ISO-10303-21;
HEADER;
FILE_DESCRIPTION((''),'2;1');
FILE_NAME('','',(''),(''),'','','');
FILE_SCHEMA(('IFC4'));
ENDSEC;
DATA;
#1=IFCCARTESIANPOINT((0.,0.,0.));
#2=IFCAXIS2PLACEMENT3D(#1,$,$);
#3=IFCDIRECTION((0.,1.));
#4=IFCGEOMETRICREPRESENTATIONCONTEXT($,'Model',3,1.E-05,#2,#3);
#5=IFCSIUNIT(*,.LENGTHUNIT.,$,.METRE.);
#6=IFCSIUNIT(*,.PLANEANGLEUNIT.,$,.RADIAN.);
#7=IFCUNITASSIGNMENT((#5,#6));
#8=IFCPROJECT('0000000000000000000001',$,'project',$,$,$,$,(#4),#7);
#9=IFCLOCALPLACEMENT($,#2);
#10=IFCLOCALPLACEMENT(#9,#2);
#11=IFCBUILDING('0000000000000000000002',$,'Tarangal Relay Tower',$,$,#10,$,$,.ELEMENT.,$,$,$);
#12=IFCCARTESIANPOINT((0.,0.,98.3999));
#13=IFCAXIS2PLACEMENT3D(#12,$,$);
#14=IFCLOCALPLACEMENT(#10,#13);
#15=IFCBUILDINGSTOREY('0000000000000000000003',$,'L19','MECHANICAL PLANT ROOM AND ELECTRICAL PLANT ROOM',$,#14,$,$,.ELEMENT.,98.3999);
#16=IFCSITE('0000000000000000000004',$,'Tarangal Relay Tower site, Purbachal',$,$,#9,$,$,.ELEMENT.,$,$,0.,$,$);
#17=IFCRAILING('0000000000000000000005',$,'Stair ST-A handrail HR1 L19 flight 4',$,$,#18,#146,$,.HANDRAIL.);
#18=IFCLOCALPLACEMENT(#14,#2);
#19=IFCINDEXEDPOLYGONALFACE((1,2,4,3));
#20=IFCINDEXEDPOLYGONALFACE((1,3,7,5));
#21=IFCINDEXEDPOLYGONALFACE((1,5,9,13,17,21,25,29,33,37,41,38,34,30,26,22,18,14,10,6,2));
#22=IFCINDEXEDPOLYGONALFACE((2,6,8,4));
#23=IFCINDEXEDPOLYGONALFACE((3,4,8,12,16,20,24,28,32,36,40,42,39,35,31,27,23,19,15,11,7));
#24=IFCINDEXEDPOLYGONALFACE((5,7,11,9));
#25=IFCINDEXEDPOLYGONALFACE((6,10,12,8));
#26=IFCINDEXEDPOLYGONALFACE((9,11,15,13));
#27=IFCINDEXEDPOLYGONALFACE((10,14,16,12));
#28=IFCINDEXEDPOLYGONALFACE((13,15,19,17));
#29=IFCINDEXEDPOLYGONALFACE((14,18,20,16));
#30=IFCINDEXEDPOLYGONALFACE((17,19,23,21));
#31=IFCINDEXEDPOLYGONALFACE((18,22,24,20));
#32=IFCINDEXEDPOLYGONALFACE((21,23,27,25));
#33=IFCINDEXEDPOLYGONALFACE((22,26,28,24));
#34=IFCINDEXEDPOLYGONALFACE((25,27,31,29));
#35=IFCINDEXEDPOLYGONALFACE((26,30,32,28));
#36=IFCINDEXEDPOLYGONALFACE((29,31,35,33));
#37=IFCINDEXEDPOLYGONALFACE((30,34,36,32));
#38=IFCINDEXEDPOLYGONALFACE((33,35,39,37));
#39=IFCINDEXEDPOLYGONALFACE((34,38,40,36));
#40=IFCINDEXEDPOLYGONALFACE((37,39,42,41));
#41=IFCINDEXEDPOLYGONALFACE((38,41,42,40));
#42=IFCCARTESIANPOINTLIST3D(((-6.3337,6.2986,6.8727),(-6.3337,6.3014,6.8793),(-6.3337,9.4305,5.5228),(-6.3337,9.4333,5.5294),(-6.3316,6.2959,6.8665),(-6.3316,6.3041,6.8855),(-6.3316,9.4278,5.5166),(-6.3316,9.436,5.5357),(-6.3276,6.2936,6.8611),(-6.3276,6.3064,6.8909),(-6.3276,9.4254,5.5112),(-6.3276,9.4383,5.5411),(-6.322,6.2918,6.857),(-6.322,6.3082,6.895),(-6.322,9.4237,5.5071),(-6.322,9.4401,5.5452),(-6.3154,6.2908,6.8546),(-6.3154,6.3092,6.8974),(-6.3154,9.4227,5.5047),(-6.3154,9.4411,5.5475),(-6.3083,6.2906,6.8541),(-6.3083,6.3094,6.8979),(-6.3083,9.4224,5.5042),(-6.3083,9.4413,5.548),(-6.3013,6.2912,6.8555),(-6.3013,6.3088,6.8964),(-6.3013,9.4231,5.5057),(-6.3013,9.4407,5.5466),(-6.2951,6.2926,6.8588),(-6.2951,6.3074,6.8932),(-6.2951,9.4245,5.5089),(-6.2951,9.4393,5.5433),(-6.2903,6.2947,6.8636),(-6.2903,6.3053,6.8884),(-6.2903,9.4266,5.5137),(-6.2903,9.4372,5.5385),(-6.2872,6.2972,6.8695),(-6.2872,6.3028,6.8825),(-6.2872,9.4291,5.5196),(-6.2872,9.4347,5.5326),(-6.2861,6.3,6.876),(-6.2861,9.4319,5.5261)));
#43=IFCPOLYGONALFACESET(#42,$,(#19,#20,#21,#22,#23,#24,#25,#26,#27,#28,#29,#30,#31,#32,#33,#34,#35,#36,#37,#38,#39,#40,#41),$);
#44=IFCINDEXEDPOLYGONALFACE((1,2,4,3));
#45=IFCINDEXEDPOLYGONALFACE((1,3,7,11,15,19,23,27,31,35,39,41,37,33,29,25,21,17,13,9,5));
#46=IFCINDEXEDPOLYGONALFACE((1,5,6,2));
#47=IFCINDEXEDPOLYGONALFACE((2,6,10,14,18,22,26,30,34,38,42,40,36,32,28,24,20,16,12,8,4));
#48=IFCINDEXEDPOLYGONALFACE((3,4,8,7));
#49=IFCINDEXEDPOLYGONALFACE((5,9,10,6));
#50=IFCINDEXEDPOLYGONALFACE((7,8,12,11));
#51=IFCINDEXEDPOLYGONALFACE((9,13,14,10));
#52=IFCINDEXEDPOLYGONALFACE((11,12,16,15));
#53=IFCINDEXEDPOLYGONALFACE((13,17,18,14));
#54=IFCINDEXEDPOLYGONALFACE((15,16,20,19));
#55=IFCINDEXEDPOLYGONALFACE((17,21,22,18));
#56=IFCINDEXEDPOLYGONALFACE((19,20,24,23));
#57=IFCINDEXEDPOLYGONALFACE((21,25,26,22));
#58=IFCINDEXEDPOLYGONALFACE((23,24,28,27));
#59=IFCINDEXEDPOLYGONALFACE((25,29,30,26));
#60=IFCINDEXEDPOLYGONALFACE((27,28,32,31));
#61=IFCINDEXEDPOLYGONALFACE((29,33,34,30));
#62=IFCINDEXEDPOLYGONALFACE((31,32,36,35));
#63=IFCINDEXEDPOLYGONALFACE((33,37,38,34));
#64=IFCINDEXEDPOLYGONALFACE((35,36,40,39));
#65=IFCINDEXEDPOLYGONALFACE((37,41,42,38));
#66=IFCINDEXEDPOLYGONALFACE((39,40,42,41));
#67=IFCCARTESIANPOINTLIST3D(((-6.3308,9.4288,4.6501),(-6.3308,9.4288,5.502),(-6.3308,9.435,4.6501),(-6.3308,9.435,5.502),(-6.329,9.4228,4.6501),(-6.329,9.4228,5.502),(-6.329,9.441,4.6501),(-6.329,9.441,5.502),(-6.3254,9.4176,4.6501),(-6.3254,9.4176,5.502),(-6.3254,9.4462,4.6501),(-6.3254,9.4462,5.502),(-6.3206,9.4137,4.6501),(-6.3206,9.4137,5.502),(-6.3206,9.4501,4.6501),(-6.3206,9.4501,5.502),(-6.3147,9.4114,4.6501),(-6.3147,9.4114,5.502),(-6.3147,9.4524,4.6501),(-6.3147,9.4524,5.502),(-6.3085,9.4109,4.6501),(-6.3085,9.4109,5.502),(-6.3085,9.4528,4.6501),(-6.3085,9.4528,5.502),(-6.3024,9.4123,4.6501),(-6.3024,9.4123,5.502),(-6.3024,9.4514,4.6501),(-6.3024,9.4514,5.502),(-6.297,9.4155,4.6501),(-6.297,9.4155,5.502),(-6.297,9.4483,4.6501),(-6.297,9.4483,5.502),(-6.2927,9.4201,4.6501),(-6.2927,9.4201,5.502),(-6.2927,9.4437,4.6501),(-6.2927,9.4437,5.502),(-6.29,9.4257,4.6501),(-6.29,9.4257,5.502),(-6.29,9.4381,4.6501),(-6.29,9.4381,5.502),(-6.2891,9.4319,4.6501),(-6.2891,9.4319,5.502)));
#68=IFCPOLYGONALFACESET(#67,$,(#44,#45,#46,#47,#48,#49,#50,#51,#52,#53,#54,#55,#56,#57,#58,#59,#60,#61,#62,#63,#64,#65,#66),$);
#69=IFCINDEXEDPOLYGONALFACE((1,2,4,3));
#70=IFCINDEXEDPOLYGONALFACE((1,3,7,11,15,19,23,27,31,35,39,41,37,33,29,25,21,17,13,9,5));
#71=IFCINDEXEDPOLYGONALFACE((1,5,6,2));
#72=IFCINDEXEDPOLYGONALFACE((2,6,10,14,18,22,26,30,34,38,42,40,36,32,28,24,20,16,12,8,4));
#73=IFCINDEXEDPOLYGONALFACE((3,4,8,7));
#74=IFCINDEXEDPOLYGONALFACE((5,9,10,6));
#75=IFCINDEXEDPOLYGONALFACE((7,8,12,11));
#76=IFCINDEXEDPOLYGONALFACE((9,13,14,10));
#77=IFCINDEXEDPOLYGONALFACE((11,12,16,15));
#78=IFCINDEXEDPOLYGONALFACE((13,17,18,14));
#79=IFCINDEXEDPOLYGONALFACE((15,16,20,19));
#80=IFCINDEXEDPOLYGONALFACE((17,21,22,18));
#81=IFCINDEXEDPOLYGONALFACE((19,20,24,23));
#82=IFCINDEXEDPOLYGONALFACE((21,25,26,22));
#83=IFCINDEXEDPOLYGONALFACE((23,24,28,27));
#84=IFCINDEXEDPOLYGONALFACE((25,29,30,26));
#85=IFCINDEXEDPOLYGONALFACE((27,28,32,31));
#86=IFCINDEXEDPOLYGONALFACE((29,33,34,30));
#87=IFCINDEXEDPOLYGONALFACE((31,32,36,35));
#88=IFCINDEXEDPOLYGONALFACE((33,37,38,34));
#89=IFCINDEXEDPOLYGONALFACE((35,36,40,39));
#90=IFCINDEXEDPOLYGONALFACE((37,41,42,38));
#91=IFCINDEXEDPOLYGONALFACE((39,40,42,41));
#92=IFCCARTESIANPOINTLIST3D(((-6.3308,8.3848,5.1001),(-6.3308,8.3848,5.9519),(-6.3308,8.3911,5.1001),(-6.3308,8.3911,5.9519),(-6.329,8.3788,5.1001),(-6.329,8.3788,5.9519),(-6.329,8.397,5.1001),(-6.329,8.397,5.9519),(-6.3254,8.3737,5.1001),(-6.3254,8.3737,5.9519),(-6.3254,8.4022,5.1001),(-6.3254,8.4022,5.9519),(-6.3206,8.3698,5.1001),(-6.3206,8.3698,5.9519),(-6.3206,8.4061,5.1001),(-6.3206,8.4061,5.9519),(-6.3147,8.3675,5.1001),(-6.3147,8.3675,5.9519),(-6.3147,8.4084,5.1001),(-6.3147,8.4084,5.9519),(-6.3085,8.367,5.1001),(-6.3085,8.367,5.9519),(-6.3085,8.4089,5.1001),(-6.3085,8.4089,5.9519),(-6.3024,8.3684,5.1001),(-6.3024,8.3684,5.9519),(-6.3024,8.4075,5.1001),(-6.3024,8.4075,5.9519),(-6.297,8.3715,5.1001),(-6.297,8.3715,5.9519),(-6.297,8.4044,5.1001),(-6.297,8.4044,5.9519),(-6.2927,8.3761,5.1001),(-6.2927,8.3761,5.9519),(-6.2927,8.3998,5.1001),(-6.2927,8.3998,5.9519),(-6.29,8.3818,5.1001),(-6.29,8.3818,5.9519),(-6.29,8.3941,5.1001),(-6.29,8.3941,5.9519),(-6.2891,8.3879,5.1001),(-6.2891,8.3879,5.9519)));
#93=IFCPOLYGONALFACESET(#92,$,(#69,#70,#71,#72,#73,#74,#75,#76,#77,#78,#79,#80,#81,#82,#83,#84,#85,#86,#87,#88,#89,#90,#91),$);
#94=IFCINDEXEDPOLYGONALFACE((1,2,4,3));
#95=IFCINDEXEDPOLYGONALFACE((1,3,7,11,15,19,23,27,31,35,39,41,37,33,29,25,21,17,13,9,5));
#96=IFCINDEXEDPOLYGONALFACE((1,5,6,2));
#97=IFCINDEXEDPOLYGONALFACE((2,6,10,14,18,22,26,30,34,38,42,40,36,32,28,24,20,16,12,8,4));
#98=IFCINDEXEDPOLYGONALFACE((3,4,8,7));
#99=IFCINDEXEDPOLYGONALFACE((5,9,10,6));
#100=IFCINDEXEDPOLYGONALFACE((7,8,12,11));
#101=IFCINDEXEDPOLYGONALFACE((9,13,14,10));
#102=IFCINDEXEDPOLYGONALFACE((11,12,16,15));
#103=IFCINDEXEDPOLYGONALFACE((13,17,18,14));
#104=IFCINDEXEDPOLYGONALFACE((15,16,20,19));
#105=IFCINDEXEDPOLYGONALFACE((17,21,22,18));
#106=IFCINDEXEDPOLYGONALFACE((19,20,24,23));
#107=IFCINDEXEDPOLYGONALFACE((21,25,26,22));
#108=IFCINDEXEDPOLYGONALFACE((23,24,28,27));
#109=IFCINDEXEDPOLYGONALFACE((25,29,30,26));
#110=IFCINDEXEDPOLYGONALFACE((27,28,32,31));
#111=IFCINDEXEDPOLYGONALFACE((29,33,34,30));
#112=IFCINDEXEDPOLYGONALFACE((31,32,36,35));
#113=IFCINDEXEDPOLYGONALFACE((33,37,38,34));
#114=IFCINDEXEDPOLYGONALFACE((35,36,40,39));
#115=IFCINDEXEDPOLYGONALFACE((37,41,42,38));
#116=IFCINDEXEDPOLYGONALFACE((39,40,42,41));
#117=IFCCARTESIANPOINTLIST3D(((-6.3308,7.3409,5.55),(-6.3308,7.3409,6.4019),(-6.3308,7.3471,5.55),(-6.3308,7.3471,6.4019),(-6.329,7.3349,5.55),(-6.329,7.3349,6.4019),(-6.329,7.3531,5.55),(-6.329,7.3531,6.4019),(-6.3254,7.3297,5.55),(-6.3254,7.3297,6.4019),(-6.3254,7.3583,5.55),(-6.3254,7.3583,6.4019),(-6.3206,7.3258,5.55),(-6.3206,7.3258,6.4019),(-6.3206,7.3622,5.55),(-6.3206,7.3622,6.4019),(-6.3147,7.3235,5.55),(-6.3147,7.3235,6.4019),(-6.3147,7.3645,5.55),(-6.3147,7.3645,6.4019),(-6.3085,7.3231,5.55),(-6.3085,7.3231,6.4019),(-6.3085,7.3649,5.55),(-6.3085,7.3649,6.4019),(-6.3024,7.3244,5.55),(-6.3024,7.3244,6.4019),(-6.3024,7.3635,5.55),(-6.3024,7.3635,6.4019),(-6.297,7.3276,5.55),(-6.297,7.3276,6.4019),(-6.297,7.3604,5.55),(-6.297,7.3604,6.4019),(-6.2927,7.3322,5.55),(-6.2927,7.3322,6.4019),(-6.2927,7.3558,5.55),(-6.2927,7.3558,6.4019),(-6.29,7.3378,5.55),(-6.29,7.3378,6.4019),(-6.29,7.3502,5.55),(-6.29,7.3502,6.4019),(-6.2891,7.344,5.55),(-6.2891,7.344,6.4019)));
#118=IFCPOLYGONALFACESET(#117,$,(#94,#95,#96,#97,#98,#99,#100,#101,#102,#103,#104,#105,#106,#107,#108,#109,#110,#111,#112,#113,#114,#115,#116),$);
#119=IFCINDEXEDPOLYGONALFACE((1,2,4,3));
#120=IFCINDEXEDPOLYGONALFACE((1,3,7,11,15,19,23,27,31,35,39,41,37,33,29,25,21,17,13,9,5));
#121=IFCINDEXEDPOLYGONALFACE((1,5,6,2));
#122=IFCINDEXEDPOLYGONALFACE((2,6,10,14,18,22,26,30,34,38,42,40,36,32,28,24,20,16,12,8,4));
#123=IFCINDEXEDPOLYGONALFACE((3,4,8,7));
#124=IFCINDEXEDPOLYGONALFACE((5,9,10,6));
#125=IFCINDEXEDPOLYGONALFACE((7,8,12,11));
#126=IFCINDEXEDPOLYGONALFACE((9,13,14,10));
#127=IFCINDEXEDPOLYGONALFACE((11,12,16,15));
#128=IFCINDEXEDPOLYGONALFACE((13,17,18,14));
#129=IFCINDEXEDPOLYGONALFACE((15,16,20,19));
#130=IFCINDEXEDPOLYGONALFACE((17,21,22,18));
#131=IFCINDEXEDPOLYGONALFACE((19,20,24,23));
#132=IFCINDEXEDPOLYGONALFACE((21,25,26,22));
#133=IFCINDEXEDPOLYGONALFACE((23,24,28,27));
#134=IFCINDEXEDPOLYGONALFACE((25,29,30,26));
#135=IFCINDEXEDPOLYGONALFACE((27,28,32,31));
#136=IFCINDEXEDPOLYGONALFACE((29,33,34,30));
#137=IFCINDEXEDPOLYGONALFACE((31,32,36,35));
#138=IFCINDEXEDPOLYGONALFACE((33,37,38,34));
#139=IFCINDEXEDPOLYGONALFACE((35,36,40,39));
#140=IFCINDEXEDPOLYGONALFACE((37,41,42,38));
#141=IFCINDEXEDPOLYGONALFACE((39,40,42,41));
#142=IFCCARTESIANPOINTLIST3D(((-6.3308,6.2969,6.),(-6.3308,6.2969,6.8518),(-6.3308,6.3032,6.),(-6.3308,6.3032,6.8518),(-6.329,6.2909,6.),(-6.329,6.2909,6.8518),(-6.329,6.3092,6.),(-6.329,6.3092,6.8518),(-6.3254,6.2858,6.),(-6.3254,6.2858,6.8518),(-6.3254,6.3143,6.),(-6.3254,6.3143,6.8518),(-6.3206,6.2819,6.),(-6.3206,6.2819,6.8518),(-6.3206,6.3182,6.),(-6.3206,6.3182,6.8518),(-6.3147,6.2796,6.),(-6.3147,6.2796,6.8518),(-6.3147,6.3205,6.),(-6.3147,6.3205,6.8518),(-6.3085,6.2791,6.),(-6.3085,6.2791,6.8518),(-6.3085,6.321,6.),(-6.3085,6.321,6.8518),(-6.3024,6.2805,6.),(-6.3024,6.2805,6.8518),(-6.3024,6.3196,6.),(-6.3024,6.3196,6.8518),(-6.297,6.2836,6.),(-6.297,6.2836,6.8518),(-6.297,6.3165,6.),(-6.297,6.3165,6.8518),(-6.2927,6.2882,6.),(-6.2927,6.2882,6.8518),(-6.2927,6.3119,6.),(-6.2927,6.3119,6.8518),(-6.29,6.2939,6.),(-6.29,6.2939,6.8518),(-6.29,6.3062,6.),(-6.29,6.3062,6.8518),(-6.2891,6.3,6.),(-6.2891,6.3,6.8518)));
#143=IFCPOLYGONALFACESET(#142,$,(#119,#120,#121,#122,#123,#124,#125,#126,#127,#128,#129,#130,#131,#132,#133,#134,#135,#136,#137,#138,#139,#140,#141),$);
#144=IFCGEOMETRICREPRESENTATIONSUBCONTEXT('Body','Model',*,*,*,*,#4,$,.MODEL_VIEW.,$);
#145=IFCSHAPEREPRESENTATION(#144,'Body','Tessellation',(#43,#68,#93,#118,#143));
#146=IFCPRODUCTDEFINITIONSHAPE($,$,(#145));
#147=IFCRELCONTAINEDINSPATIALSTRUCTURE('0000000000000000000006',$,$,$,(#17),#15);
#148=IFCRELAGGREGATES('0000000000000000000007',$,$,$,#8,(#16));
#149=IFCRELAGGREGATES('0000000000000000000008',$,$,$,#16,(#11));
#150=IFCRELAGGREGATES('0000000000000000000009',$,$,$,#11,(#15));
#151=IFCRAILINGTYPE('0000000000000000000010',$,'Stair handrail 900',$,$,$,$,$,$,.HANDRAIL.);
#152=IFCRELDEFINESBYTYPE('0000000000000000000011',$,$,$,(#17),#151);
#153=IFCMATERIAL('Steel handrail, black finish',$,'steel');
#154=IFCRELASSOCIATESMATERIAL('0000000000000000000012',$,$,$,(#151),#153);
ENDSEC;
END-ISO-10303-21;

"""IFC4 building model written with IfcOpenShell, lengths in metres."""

from ifc_helpers import new_model, si_unit, direction, frame, origin, origin_2d, place, context, subcontext, project, spatial, circle, extrude, material, type_object, element, save


model = new_model("IFC4")

# Units and contexts
model_context = context("Model", 3, precision=1e-05, world=origin(), true_north=direction((0.0, 1.0)))
body_context = subcontext(model_context, "Body", "Model", "MODEL_VIEW")
ifc_project = project(units=[si_unit("LENGTHUNIT", "METRE"), si_unit("PLANEANGLEUNIT", "RADIAN")], contexts=[model_context])

# Site, building, storey
site_placement = place(None, origin())
site = spatial("IfcSite", under=ifc_project, at=site_placement, Name="Tarangal Relay Tower site, Purbachal", CompositionType="ELEMENT", RefElevation=0.0)
building_placement = place(site_placement, origin())
building = spatial("IfcBuilding", under=site, at=building_placement, Name="Tarangal Relay Tower", CompositionType="ELEMENT")
storey_placement = place(building_placement, frame((0.0, 0.0, 98.3999)))
storey = spatial("IfcBuildingStorey", under=building, at=storey_placement, Name="L19", Description="MECHANICAL PLANT ROOM AND ELECTRICAL PLANT ROOM", CompositionType="ELEMENT", Elevation=98.3999)

# Railing
ifc_material_1 = material(Name="Steel handrail, black finish", Category="steel")
railing_type = type_object("IfcRailingType", Name="Stair handrail 900", PredefinedType="HANDRAIL", material=ifc_material_1)
for number, where, name in (
    (1, (-6.3101, 9.4319, 4.6501), "Stair ST-A handrail HR1 L19 flight 4"),
):
    element("IfcRailing", number, at=place(storey_placement, frame(where)), inside=storey, type_object=railing_type, Name=name, PredefinedType="HANDRAIL", context=body_context, shape_type="SweptSolid", body=[
        extrude(circle(Radius=0.0239, at=origin_2d()), frame((0.0, 0.0, 0.876), z_axis=(0.0, -0.918332, 0.395811), x_axis=(1.0, 0.0, 0.0)), (0.0, 0.0, 1.0), 3.4104),
        extrude(circle(Radius=0.021, at=origin_2d()), origin(), (0.0, 0.0, 1.0), 0.8518),
        extrude(circle(Radius=0.021, at=origin_2d()), frame((0.0, -1.0439, 0.45)), (0.0, 0.0, 1.0), 0.8518),
        extrude(circle(Radius=0.021, at=origin_2d()), frame((0.0, -2.0879, 0.8999)), (0.0, 0.0, 1.0), 0.8518),
        extrude(circle(Radius=0.021, at=origin_2d()), frame((0.0, -3.1318, 1.3499)), (0.0, 0.0, 1.0), 0.8518),
    ])

save(model, "model.ifc")
